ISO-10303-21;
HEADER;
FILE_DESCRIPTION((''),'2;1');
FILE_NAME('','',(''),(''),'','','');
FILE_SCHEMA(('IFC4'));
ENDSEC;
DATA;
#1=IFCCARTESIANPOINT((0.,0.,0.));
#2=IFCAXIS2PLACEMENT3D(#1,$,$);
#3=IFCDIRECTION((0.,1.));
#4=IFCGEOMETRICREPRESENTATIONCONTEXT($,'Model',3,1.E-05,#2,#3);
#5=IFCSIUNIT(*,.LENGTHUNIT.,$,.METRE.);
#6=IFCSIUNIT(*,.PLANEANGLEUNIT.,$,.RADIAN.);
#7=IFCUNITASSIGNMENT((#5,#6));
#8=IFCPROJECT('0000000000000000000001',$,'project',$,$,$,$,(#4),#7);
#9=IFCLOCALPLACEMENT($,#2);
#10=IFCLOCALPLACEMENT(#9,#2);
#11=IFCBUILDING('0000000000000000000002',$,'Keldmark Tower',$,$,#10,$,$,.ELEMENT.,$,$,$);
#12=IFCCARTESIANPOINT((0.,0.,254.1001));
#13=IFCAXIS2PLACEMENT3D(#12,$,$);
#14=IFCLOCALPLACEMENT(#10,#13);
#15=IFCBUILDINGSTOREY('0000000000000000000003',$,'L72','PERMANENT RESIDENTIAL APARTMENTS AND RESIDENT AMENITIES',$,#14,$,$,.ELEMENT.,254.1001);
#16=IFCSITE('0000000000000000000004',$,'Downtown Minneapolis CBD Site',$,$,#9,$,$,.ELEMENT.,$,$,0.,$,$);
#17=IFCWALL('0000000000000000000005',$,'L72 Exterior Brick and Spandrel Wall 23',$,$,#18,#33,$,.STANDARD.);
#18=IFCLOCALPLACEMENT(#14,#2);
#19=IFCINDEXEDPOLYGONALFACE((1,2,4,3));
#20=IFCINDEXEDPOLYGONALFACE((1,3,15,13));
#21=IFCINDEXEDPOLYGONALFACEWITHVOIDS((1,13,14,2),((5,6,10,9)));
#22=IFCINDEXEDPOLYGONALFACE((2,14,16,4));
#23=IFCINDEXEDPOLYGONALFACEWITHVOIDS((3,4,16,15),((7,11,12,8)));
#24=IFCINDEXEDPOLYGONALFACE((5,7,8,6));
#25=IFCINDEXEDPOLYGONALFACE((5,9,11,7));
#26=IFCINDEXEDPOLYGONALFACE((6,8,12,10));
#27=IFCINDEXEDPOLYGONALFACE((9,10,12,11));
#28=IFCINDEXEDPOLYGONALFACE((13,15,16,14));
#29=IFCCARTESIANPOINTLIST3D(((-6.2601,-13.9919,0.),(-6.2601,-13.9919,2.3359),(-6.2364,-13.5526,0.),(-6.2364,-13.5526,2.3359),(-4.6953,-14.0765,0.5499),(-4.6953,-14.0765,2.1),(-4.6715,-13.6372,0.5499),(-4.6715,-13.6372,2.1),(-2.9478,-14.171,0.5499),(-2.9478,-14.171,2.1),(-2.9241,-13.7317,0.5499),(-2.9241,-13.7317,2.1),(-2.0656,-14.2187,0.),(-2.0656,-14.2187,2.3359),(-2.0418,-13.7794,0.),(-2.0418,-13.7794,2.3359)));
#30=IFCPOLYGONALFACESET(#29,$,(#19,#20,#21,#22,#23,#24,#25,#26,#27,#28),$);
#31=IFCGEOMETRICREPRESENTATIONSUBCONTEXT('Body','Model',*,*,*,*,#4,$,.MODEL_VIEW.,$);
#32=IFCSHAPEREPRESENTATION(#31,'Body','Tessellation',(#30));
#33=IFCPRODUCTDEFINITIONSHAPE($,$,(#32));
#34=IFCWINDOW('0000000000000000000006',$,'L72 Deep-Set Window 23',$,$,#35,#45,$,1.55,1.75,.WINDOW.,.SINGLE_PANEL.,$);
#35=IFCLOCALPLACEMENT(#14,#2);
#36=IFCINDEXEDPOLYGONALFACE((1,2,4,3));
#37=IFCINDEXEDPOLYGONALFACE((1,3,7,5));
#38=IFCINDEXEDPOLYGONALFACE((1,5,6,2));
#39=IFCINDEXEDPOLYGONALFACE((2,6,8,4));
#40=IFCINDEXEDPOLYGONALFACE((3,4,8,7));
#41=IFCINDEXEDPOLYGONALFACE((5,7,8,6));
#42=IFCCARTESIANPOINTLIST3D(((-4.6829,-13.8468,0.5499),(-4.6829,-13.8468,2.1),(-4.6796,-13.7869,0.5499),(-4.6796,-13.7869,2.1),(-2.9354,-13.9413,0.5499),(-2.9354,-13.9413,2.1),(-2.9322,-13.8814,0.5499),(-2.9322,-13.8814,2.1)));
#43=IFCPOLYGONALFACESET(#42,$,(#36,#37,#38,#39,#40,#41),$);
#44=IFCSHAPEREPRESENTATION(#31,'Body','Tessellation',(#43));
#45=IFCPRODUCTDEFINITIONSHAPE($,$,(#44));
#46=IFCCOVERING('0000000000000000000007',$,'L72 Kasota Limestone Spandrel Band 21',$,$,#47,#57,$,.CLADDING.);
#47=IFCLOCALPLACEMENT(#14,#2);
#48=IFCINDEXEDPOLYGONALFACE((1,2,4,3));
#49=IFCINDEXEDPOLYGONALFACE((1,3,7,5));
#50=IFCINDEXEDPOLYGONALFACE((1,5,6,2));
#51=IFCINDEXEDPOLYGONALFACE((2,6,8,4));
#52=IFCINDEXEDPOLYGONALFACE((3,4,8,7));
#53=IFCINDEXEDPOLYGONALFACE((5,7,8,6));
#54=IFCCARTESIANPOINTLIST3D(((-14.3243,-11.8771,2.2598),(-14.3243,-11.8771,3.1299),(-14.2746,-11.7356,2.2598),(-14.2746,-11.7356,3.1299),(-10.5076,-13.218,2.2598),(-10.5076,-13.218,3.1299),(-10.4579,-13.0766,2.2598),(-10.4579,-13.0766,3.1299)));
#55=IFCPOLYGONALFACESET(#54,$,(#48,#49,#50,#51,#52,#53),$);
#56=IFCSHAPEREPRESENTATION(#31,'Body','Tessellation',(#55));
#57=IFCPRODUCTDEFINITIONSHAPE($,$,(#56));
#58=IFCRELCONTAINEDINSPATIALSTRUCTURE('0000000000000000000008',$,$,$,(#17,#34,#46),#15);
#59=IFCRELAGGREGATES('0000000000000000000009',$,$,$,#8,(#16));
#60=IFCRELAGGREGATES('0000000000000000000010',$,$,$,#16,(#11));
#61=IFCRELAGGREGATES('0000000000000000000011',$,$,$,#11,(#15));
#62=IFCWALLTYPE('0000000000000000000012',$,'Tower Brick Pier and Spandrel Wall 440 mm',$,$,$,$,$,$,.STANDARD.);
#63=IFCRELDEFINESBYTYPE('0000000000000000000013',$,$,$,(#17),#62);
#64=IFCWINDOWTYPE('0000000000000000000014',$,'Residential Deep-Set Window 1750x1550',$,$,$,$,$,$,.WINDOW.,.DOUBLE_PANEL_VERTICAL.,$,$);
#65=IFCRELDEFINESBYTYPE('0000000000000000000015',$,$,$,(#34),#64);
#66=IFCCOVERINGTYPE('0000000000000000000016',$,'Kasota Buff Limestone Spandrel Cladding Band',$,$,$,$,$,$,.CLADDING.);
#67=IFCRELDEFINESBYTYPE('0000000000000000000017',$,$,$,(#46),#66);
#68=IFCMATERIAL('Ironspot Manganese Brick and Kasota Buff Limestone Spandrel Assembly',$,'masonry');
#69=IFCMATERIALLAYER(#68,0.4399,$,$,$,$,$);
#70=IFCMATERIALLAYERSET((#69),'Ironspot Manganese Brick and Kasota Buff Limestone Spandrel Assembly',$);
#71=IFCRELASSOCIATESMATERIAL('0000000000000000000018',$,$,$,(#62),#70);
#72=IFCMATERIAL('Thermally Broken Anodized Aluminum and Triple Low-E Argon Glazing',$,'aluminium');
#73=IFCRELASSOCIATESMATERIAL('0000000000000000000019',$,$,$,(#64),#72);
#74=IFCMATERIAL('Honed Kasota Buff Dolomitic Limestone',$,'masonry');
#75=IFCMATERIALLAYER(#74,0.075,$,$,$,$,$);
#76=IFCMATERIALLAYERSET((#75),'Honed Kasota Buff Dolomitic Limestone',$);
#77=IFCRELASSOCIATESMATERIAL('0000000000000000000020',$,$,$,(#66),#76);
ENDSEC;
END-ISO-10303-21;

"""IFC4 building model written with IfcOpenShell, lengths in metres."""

from ifc_helpers import new_model, si_unit, direction, frame, frame_2d, origin, origin_2d, place, context, subcontext, project, spatial, rectangle, extrude, material, layer, layer_set, type_object, element, fill, save


model = new_model("IFC4")

# Units and contexts
model_context = context("Model", 3, precision=1e-05, world=origin(), true_north=direction((0.0, 1.0)))
body_context = subcontext(model_context, "Body", "Model", "MODEL_VIEW")
ifc_project = project(units=[si_unit("LENGTHUNIT", "METRE"), si_unit("PLANEANGLEUNIT", "RADIAN")], contexts=[model_context])

# Site, building, storey
site_placement = place(None, origin())
site = spatial("IfcSite", under=ifc_project, at=site_placement, Name="Downtown Minneapolis CBD Site", CompositionType="ELEMENT", RefElevation=0.0)
building_placement = place(site_placement, origin())
building = spatial("IfcBuilding", under=site, at=building_placement, Name="Keldmark Tower", CompositionType="ELEMENT")
storey_placement = place(building_placement, frame((0.0, 0.0, 254.1001)))
storey = spatial("IfcBuildingStorey", under=building, at=storey_placement, Name="L72", Description="PERMANENT RESIDENTIAL APARTMENTS AND RESIDENT AMENITIES", CompositionType="ELEMENT", Elevation=254.1001)

# Wall, opening, window
ifc_material_1 = material(Name="Ironspot Manganese Brick and Kasota Buff Limestone Spandrel Assembly", Category="masonry")
ifc_layer_1 = layer(ifc_material_1, 0.4399)
ifc_layer_set_1 = layer_set([ifc_layer_1], Name="Ironspot Manganese Brick and Kasota Buff Limestone Spandrel Assembly")
wall_type_1 = type_object("IfcWallType", Name="Tower Brick Pier and Spandrel Wall 440 mm", PredefinedType="STANDARD", material=ifc_layer_set_1)
wall_1_placement = place(storey_placement, frame((-2.0537, -13.999, 0.0), z_axis=(0.0, 0.0, 1.0), x_axis=(-0.998541, 0.053992, 0.0)))
wall_1 = element("IfcWall", 1, at=wall_1_placement, inside=storey, type_object=wall_type_1, Name="L72 Exterior Brick and Spandrel Wall 23", PredefinedType="STANDARD", context=body_context, shape_type="SweptSolid", body=[
    extrude(rectangle(XDim=4.2007, YDim=0.4399, at=frame_2d((2.1003, 0.0))), origin(), (0.0, 0.0, 1.0), 2.3359),
])
opening_1_placement = place(wall_1_placement, frame((0.8835, 0.0, 0.55)))
opening_1 = element("IfcOpeningElement", 2, at=opening_1_placement, cuts=wall_1, PredefinedType="OPENING", context=body_context, shape_type="SweptSolid", body=[
    extrude(rectangle(XDim=1.75, YDim=1.55, at=frame_2d((0.875, 0.7749))), frame((0.0, 0.23, 0.0), z_axis=(0.0, -1.0, 0.0), x_axis=(1.0, 0.0, 0.0)), (0.0, 0.0, 1.0), 0.46),
])
ifc_material_2 = material(Name="Thermally Broken Anodized Aluminum and Triple Low-E Argon Glazing", Category="aluminium")
window_type_1 = type_object("IfcWindowType", Name="Residential Deep-Set Window 1750x1550", PartitioningType="DOUBLE_PANEL_VERTICAL", PredefinedType="WINDOW", material=ifc_material_2)
window_1_placement = place(opening_1_placement, origin())
window_1 = element("IfcWindow", 3, at=window_1_placement, inside=storey, type_object=window_type_1, Name="L72 Deep-Set Window 23", OverallHeight=1.55, OverallWidth=1.75, PartitioningType="SINGLE_PANEL", PredefinedType="WINDOW", context=body_context, shape_type="SweptSolid", body=[
    extrude(rectangle(XDim=1.75, YDim=1.55, at=frame_2d((0.875, 0.7749))), frame((0.0, -0.01, 0.0), z_axis=(0.0, -1.0, 0.0), x_axis=(1.0, 0.0, 0.0)), (0.0, 0.0, 1.0), 0.0601),
])
fill(opening_1, window_1)

# Covering
ifc_material_3 = material(Name="Honed Kasota Buff Dolomitic Limestone", Category="masonry")
ifc_layer_2 = layer(ifc_material_3, 0.075)
ifc_layer_set_2 = layer_set([ifc_layer_2], Name="Honed Kasota Buff Dolomitic Limestone")
covering_type = type_object("IfcCoveringType", Name="Kasota Buff Limestone Spandrel Cladding Band", PredefinedType="CLADDING", material=ifc_layer_set_2)
covering_placement = place(storey_placement, frame((-12.3911, -12.4768, 2.2598), z_axis=(0.0, 0.0, 1.0), x_axis=(0.943466, -0.33147, 0.0)))
element("IfcCovering", 4, at=covering_placement, inside=storey, type_object=covering_type, Name="L72 Kasota Limestone Spandrel Band 21", PredefinedType="CLADDING", context=body_context, shape_type="SweptSolid", body=[
    extrude(rectangle(XDim=4.0454, YDim=0.1499, at=origin_2d()), origin(), (0.0, 0.0, 1.0), 0.8701),
])

save(model, "model.ifc")
